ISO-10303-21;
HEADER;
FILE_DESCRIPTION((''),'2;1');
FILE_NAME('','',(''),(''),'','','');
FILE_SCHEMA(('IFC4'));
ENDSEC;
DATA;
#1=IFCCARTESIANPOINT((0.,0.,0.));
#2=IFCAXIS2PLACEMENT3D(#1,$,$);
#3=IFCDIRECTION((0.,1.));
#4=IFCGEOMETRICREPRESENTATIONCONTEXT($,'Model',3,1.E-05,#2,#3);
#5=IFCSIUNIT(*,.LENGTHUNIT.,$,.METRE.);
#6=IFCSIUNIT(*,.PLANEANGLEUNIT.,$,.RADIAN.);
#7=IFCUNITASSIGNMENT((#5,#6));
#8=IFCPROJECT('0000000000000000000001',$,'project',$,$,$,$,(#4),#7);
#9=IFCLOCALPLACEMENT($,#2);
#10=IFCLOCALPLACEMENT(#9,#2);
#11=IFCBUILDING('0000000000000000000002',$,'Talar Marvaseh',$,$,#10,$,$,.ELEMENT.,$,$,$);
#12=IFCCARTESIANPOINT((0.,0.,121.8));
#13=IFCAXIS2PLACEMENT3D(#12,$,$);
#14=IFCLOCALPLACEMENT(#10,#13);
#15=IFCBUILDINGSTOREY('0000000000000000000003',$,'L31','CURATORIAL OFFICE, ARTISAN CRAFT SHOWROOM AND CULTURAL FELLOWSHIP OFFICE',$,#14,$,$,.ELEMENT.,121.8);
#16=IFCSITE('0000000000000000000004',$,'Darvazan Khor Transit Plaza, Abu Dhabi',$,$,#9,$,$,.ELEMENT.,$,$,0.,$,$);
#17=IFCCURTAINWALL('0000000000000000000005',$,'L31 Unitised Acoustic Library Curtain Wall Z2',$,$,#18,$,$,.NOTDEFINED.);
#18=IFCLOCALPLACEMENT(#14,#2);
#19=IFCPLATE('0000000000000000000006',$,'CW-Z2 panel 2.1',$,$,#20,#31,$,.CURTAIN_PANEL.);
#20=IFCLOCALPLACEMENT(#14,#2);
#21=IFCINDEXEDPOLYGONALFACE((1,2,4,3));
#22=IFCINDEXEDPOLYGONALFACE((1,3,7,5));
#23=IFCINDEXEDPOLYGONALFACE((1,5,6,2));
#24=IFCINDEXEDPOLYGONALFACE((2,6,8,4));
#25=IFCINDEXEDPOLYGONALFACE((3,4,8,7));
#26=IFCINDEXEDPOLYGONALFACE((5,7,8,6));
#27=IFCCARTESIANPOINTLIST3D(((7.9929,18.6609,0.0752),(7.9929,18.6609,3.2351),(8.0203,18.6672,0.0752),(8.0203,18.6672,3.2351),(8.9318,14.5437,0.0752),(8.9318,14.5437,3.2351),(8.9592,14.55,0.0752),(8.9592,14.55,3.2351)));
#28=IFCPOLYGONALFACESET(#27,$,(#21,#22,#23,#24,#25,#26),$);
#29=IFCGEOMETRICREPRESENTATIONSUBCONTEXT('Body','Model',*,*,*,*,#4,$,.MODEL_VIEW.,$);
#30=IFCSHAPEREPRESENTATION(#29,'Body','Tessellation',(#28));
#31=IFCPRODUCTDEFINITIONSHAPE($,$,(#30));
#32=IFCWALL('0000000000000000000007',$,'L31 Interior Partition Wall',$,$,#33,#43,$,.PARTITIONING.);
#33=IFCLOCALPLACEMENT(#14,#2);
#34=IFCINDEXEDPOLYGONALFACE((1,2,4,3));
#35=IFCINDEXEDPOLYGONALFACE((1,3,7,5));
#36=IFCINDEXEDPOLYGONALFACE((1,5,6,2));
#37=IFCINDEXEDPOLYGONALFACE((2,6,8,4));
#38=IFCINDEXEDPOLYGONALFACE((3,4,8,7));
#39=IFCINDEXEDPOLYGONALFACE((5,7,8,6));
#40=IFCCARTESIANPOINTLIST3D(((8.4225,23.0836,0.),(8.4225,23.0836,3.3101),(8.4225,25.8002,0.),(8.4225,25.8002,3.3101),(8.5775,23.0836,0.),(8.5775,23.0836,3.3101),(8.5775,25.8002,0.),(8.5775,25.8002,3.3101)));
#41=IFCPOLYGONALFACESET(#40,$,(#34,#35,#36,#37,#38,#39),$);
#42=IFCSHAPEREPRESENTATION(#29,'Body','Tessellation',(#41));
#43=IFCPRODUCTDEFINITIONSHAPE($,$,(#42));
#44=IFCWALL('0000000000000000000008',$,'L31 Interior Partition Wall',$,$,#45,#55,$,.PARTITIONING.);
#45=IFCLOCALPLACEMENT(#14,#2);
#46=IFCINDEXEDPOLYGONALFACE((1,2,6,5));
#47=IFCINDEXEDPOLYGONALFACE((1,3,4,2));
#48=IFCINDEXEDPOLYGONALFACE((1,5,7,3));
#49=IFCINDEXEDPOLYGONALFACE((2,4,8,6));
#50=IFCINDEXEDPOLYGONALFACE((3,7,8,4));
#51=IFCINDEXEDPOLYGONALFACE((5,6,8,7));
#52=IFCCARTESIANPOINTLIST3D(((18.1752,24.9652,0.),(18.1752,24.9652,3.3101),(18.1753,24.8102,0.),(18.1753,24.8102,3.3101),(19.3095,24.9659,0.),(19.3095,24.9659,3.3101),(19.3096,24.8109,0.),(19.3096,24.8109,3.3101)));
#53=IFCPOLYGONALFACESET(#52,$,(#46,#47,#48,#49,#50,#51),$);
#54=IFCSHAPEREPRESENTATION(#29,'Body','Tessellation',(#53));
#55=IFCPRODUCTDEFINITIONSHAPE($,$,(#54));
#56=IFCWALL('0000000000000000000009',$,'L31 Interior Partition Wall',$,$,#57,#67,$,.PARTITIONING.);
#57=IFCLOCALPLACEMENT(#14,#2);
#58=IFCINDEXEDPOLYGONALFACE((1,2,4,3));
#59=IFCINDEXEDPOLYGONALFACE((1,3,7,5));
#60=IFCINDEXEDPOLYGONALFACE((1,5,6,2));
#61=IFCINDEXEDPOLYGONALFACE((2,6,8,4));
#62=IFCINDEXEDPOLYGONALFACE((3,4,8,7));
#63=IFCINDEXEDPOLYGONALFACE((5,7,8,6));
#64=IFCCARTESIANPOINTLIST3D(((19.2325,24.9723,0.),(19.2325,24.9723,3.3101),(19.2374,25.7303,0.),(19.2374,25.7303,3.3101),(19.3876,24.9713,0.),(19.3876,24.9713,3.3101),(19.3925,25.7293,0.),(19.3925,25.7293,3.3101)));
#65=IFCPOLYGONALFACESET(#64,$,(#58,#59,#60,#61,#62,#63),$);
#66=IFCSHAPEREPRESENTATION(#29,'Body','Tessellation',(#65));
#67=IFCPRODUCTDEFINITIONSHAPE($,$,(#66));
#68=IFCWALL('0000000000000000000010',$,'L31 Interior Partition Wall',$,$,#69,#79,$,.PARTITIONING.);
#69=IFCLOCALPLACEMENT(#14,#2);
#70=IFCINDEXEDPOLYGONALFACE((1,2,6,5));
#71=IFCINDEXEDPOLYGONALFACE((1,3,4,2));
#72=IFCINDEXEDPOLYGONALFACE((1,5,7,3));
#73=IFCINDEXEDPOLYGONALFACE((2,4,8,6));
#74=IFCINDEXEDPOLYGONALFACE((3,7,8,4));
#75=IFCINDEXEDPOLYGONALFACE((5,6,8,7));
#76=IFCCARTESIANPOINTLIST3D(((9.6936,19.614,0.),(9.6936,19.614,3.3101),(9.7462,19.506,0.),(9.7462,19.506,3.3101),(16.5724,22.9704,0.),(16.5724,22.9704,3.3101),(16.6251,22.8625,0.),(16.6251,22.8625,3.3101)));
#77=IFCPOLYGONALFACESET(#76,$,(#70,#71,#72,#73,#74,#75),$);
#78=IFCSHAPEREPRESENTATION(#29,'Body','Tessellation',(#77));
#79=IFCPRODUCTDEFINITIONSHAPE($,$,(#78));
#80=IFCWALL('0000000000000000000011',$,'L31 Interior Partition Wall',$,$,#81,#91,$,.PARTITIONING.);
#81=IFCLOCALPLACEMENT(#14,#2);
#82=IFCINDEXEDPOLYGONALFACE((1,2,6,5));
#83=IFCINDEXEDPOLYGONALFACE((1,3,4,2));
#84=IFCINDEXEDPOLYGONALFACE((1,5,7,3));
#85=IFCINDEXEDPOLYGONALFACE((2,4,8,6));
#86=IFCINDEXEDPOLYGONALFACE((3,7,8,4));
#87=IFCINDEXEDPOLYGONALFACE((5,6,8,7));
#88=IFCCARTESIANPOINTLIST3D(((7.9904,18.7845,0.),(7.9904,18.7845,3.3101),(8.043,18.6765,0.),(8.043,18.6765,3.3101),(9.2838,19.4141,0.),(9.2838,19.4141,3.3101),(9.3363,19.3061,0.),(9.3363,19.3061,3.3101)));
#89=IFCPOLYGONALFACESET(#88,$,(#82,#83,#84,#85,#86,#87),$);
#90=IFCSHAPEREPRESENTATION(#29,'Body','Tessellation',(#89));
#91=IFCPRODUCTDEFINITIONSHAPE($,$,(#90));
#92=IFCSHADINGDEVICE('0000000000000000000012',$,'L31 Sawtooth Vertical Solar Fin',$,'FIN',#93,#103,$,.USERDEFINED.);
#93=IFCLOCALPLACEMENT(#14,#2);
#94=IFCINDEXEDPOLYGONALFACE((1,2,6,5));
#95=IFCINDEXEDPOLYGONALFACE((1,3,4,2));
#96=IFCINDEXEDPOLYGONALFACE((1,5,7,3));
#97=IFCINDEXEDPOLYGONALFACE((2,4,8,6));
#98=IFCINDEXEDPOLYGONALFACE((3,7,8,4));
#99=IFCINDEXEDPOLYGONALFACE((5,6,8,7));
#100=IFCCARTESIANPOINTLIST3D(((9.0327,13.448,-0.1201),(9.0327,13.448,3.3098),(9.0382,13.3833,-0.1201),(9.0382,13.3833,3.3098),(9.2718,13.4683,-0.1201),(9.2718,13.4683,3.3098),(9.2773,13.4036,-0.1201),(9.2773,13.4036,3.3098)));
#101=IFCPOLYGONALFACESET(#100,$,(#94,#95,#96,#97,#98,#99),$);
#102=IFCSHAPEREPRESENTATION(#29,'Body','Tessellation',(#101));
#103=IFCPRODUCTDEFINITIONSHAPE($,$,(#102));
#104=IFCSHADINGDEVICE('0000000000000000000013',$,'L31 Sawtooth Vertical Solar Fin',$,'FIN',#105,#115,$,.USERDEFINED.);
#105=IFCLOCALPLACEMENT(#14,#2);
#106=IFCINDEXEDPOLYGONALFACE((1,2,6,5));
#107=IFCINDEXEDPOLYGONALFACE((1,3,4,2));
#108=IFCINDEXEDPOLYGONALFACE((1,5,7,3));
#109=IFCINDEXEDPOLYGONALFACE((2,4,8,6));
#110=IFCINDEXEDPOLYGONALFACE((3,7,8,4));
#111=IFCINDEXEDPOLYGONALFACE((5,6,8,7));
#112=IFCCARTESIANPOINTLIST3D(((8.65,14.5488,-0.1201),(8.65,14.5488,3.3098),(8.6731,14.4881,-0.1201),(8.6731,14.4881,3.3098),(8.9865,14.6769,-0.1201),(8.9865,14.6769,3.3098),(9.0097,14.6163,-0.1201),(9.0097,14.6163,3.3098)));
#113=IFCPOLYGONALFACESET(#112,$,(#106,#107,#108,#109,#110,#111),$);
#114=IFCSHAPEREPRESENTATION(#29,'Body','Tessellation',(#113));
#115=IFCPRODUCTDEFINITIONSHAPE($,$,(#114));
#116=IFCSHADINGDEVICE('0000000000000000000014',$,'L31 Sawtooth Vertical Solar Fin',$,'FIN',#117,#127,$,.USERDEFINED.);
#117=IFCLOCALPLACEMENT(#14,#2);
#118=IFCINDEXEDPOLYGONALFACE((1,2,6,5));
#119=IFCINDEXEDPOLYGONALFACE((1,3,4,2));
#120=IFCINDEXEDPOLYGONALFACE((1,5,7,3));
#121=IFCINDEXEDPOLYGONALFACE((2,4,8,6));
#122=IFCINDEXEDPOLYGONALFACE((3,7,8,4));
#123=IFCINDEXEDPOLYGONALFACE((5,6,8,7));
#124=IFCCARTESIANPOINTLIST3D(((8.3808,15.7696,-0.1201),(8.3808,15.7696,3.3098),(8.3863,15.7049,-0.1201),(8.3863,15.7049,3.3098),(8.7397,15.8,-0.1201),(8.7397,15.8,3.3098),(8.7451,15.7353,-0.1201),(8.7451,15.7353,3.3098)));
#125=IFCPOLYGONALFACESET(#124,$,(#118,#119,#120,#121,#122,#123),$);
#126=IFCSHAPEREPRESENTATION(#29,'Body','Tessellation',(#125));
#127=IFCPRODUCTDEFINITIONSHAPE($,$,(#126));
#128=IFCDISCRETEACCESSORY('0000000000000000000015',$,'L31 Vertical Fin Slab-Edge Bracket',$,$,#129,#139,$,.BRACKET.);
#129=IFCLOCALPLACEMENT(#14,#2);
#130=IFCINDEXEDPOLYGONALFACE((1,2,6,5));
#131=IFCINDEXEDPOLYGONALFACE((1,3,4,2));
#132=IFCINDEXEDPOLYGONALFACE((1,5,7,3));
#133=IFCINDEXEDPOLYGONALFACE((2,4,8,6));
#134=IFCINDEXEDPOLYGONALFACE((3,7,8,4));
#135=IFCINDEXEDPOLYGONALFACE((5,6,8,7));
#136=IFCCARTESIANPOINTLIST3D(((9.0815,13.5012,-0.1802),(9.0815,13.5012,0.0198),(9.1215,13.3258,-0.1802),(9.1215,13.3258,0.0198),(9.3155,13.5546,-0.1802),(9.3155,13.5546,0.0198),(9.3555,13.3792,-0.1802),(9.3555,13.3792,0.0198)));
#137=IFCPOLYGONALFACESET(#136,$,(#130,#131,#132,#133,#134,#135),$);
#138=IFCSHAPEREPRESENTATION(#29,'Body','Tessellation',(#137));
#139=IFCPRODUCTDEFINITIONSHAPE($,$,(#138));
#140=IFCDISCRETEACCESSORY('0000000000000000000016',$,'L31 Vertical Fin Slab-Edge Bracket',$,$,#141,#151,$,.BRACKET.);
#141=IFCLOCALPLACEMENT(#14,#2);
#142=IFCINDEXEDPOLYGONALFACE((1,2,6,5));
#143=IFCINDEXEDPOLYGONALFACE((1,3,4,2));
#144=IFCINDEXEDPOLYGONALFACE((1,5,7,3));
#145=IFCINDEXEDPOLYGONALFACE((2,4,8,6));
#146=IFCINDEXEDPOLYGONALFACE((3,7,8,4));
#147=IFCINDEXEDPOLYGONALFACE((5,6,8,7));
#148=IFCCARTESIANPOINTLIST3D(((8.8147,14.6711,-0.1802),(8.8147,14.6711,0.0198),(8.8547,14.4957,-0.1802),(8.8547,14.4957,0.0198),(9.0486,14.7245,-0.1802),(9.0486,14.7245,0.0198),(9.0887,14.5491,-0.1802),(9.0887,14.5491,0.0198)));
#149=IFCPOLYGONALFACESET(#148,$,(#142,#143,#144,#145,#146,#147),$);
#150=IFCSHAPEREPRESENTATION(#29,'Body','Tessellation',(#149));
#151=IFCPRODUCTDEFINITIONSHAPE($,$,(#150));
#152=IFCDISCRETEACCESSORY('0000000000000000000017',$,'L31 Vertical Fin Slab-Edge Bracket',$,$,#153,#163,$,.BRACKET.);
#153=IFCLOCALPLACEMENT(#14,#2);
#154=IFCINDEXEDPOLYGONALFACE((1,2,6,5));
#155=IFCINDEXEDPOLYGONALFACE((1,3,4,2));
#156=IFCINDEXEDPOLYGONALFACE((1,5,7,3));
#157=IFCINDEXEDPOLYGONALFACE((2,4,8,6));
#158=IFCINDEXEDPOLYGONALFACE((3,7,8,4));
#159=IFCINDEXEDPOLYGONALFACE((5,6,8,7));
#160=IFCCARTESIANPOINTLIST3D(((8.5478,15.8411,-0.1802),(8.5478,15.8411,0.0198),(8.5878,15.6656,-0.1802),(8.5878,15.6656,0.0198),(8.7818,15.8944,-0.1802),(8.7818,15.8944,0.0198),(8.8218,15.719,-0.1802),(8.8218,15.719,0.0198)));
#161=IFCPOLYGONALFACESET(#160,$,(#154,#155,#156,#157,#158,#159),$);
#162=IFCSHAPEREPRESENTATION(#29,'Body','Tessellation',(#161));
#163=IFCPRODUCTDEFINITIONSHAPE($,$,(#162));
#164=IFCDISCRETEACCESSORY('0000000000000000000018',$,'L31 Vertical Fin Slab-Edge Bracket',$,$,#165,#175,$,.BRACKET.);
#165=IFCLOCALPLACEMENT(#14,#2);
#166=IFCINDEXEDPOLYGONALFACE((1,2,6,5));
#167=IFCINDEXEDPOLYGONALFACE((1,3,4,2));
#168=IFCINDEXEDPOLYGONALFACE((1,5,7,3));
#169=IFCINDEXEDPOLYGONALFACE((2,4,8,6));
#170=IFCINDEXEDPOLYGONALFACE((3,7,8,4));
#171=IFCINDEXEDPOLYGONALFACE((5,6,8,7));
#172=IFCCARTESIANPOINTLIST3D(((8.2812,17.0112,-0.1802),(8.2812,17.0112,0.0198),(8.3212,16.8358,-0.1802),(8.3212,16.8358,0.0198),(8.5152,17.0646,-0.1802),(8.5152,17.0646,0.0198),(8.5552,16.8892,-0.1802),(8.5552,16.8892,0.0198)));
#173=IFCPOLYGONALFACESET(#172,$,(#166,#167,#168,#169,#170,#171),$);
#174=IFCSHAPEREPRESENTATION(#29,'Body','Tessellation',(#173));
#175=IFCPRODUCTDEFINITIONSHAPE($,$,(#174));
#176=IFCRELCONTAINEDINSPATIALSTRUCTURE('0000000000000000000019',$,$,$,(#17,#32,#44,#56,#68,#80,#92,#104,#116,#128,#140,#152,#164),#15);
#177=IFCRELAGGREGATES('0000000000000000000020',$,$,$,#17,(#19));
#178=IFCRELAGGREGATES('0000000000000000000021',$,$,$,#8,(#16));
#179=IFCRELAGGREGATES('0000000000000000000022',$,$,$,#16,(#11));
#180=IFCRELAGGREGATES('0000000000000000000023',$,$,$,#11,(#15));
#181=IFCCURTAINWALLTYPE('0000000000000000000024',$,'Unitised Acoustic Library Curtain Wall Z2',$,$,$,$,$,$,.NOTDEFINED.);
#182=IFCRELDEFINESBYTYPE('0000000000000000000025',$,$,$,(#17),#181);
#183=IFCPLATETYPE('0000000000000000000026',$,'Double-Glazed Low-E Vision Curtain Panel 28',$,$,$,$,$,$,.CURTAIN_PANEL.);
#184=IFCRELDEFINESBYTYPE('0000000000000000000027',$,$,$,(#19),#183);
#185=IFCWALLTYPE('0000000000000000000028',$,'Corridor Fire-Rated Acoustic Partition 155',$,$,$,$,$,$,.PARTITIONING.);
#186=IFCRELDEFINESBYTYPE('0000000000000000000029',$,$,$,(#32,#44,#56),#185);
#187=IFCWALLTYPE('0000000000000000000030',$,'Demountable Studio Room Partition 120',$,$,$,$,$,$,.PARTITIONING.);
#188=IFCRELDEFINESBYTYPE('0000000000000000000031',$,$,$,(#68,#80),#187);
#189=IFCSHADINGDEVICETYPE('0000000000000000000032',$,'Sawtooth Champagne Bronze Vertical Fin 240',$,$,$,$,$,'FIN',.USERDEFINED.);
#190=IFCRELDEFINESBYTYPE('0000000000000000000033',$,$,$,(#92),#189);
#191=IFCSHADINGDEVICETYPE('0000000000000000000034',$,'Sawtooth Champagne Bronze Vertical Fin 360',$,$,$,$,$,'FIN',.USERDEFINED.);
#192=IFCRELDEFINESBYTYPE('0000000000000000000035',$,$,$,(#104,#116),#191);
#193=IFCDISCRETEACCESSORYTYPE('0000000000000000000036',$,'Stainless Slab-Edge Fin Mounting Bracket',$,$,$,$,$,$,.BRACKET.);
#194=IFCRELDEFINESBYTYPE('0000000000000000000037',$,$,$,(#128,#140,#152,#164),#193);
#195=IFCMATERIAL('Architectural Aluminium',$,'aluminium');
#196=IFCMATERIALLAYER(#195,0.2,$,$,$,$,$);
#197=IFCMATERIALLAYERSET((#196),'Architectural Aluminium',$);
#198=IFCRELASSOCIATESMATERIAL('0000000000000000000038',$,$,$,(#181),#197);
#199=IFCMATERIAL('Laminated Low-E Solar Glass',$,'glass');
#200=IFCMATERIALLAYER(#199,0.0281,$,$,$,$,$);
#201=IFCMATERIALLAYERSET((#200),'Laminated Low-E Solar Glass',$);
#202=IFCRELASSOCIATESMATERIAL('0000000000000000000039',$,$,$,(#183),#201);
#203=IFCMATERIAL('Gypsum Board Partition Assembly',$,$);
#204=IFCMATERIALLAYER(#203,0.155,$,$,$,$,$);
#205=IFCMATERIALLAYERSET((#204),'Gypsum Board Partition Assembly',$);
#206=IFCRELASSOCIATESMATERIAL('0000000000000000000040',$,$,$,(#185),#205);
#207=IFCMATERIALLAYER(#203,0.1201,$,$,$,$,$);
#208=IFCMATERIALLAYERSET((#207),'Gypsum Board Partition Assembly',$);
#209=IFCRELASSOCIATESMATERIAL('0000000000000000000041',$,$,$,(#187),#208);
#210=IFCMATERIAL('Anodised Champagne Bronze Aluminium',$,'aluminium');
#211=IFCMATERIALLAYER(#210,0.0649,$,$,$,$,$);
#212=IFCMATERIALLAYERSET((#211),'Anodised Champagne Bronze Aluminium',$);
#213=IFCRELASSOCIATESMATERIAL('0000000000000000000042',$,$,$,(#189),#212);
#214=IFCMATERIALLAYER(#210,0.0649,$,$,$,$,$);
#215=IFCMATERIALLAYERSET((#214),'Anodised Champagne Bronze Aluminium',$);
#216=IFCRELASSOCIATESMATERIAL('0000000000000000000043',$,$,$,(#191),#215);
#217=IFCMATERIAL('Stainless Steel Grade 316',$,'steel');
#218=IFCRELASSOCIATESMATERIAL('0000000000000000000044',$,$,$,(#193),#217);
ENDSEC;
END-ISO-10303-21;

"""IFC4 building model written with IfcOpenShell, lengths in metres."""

from ifc_helpers import new_model, si_unit, direction, frame, frame_2d, origin, origin_2d, place, context, subcontext, project, spatial, rectangle, extrude, source, transform, mapped, material, layer, layer_set, type_object, type_shapes, element, aggregate, save


model = new_model("IFC4")

# Units and contexts
model_context = context("Model", 3, precision=1e-05, world=origin(), true_north=direction((0.0, 1.0)))
body_context = subcontext(model_context, "Body", "Model", "MODEL_VIEW")
ifc_project = project(units=[si_unit("LENGTHUNIT", "METRE"), si_unit("PLANEANGLEUNIT", "RADIAN")], contexts=[model_context])

# Site, building, storey
site_placement = place(None, origin())
site = spatial("IfcSite", under=ifc_project, at=site_placement, Name="Darvazan Khor Transit Plaza, Abu Dhabi", CompositionType="ELEMENT", RefElevation=0.0)
building_placement = place(site_placement, origin())
building = spatial("IfcBuilding", under=site, at=building_placement, Name="Talar Marvaseh", CompositionType="ELEMENT")
storey_placement = place(building_placement, frame((0.0, 0.0, 121.8)))
storey = spatial("IfcBuildingStorey", under=building, at=storey_placement, Name="L31", Description="CURATORIAL OFFICE, ARTISAN CRAFT SHOWROOM AND CULTURAL FELLOWSHIP OFFICE", CompositionType="ELEMENT", Elevation=121.8)

# Curtain wall, plate
ifc_material_1 = material(Name="Architectural Aluminium", Category="aluminium")
ifc_layer_1 = layer(ifc_material_1, 0.2)
ifc_layer_set_1 = layer_set([ifc_layer_1], Name="Architectural Aluminium")
curtain_wall_type = type_object("IfcCurtainWallType", Name="Unitised Acoustic Library Curtain Wall Z2", PredefinedType="NOTDEFINED", material=ifc_layer_set_1)
curtain_wall_placement = place(storey_placement, origin())
curtain_wall = element("IfcCurtainWall", 1, at=curtain_wall_placement, inside=storey, type_object=curtain_wall_type, Name="L31 Unitised Acoustic Library Curtain Wall Z2", PredefinedType="NOTDEFINED")
ifc_material_2 = material(Name="Laminated Low-E Solar Glass", Category="glass")
ifc_layer_2 = layer(ifc_material_2, 0.0281)
ifc_layer_set_2 = layer_set([ifc_layer_2], Name="Laminated Low-E Solar Glass")
plate_type = type_object("IfcPlateType", Name="Double-Glazed Low-E Vision Curtain Panel 28", PredefinedType="CURTAIN_PANEL", material=ifc_layer_set_2)
shared_shape_1 = source(origin(), body_context, "Body", "SweptSolid", [
    extrude(rectangle(XDim=4.2229, YDim=0.0281, at=origin_2d()), origin(), (0.0, 0.0, 1.0), 3.1599),
])
type_shapes(plate_type, [shared_shape_1])
plate_placement = place(storey_placement, frame((8.4761, 16.6055, 0.0752), z_axis=(0.0, 0.0, 1.0), x_axis=(-0.222335, 0.97497, 0.0)))
plate = element("IfcPlate", 2, at=plate_placement, type_object=plate_type, Name="CW-Z2 panel 2.1", PredefinedType="CURTAIN_PANEL", context=body_context, shape_type="MappedRepresentation", body=[
    mapped(shared_shape_1, transform((0.0, 0.0, 0.0), x_axis=(1.0, 0.0, 0.0), y_axis=(0.0, 1.0, 0.0), z_axis=(0.0, 0.0, 1.0), scale=1.0)),
])
aggregate(curtain_wall, [plate])

# Walls
ifc_material_3 = material(Name="Gypsum Board Partition Assembly")
ifc_layer_3 = layer(ifc_material_3, 0.155)
ifc_layer_set_3 = layer_set([ifc_layer_3], Name="Gypsum Board Partition Assembly")
wall_type_1 = type_object("IfcWallType", Name="Corridor Fire-Rated Acoustic Partition 155", PredefinedType="PARTITIONING", material=ifc_layer_set_3)
wall_1_placement = place(storey_placement, frame((8.5, 23.0835, 0.0), z_axis=(0.0, 0.0, 1.0), x_axis=(0.0, 1.0, 0.0)))
element("IfcWall", 3, at=wall_1_placement, inside=storey, type_object=wall_type_1, Name="L31 Interior Partition Wall", PredefinedType="PARTITIONING", context=body_context, shape_type="SweptSolid", body=[
    extrude(rectangle(XDim=2.7166, YDim=0.155, at=frame_2d((1.3584, 0.0))), origin(), (0.0, 0.0, 1.0), 3.3101),
])
wall_2_placement = place(storey_placement, frame((18.1753, 24.8877, 0.0), z_axis=(0.0, 0.0, 1.0), x_axis=(1.0, 0.000646, 0.0)))
element("IfcWall", 4, at=wall_2_placement, inside=storey, type_object=wall_type_1, Name="L31 Interior Partition Wall", PredefinedType="PARTITIONING", context=body_context, shape_type="SweptSolid", body=[
    extrude(rectangle(XDim=1.1343, YDim=0.155, at=frame_2d((0.5671, 0.0))), origin(), (0.0, 0.0, 1.0), 3.3101),
])
wall_3_placement = place(storey_placement, frame((19.3101, 24.9719, 0.0), z_axis=(0.0, 0.0, 1.0), x_axis=(0.006441, 0.999979, 0.0)))
element("IfcWall", 5, at=wall_3_placement, inside=storey, type_object=wall_type_1, Name="L31 Interior Partition Wall", PredefinedType="PARTITIONING", context=body_context, shape_type="SweptSolid", body=[
    extrude(rectangle(XDim=0.7581, YDim=0.155, at=frame_2d((0.3789, 0.0))), origin(), (0.0, 0.0, 1.0), 3.3101),
])
ifc_layer_4 = layer(ifc_material_3, 0.1201)
ifc_layer_set_4 = layer_set([ifc_layer_4], Name="Gypsum Board Partition Assembly")
wall_type_2 = type_object("IfcWallType", Name="Demountable Studio Room Partition 120", PredefinedType="PARTITIONING", material=ifc_layer_set_4)
wall_4_placement = place(storey_placement, frame((16.5989, 22.9165, 0.0), z_axis=(0.0, 0.0, 1.0), x_axis=(-0.898723, -0.438517, 0.0)))
element("IfcWall", 6, at=wall_4_placement, inside=storey, type_object=wall_type_2, Name="L31 Interior Partition Wall", PredefinedType="PARTITIONING", context=body_context, shape_type="SweptSolid", body=[
    extrude(rectangle(XDim=7.6541, YDim=0.1201, at=frame_2d((3.8271, 0.0))), origin(), (0.0, 0.0, 1.0), 3.3101),
])
wall_5_placement = place(storey_placement, frame((9.3101, 19.3601, 0.0), z_axis=(0.0, 0.0, 1.0), x_axis=(-0.899129, -0.437685, 0.0)))
element("IfcWall", 7, at=wall_5_placement, inside=storey, type_object=wall_type_2, Name="L31 Interior Partition Wall", PredefinedType="PARTITIONING", context=body_context, shape_type="SweptSolid", body=[
    extrude(rectangle(XDim=1.4385, YDim=0.1201, at=frame_2d((0.7192, 0.0))), origin(), (0.0, 0.0, 1.0), 3.3101),
])

# Shading devices
ifc_material_4 = material(Name="Anodised Champagne Bronze Aluminium", Category="aluminium")
ifc_layer_5 = layer(ifc_material_4, 0.0649)
ifc_layer_set_5 = layer_set([ifc_layer_5], Name="Anodised Champagne Bronze Aluminium")
shading_device_type_1 = type_object("IfcShadingDeviceType", Name="Sawtooth Champagne Bronze Vertical Fin 240", ElementType="FIN", PredefinedType="USERDEFINED", material=ifc_layer_set_5)
shared_shape_2 = source(origin(), body_context, "Body", "SweptSolid", [
    extrude(rectangle(XDim=0.24, YDim=0.0649, at=origin_2d()), origin(), (0.0, 0.0, 1.0), 3.4299),
])
type_shapes(shading_device_type_1, [shared_shape_2])
shading_device_placement = place(storey_placement, frame((9.155, 13.4258, -0.1201), z_axis=(0.0, 0.0, 1.0), x_axis=(-0.996419, -0.084547, 0.0)))
element("IfcShadingDevice", 8, at=shading_device_placement, inside=storey, type_object=shading_device_type_1, Name="L31 Sawtooth Vertical Solar Fin", ObjectType="FIN", PredefinedType="USERDEFINED", context=body_context, shape_type="MappedRepresentation", body=[
    mapped(shared_shape_2, transform((0.0, 0.0, 0.0), x_axis=(1.0, 0.0, 0.0), y_axis=(0.0, 1.0, 0.0), z_axis=(0.0, 0.0, 1.0), scale=1.0)),
])
ifc_layer_6 = layer(ifc_material_4, 0.0649)
ifc_layer_set_6 = layer_set([ifc_layer_6], Name="Anodised Champagne Bronze Aluminium")
shading_device_type_2 = type_object("IfcShadingDeviceType", Name="Sawtooth Champagne Bronze Vertical Fin 360", ElementType="FIN", PredefinedType="USERDEFINED", material=ifc_layer_set_6)
shared_shape_3 = source(origin(), body_context, "Body", "SweptSolid", [
    extrude(rectangle(XDim=0.3601, YDim=0.0649, at=origin_2d()), origin(), (0.0, 0.0, 1.0), 3.4299),
])
type_shapes(shading_device_type_2, [shared_shape_3])
for number, where, z_axis, x_axis, name in (
    (9, (8.8298, 14.5825, -0.1201), (0.0, 0.0, 1.0), (-0.934515, -0.355923, 0.0), "L31 Sawtooth Vertical Solar Fin"),
    (10, (8.563, 15.7524, -0.1201), (0.0, 0.0, 1.0), (-0.996419, -0.084547, 0.0), "L31 Sawtooth Vertical Solar Fin"),
):
    element("IfcShadingDevice", number, at=place(storey_placement, frame(where, z_axis=z_axis, x_axis=x_axis)), inside=storey, type_object=shading_device_type_2, Name=name, ObjectType="FIN", PredefinedType="USERDEFINED", context=body_context, shape_type="MappedRepresentation", body=[
        mapped(shared_shape_3, transform((0.0, 0.0, 0.0), x_axis=(1.0, 0.0, 0.0), y_axis=(0.0, 1.0, 0.0), z_axis=(0.0, 0.0, 1.0), scale=1.0)),
    ])

# Discrete accessories
ifc_material_5 = material(Name="Stainless Steel Grade 316", Category="steel")
discrete_accessory_type = type_object("IfcDiscreteAccessoryType", Name="Stainless Slab-Edge Fin Mounting Bracket", PredefinedType="BRACKET", material=ifc_material_5)
shared_shape_4 = source(origin(), body_context, "Body", "SweptSolid", [
    extrude(rectangle(XDim=0.24, YDim=0.1799, at=origin_2d()), origin(), (0.0, 0.0, 1.0), 0.2),
])
type_shapes(discrete_accessory_type, [shared_shape_4])
for number, where, z_axis, x_axis, name in (
    (11, (9.2185, 13.4402, -0.1802), (0.0, 0.0, 1.0), (-0.974956, -0.222399, 0.0), "L31 Vertical Fin Slab-Edge Bracket"),
    (12, (8.9517, 14.6101, -0.1802), (0.0, 0.0, 1.0), (-0.974956, -0.222399, 0.0), "L31 Vertical Fin Slab-Edge Bracket"),
    (13, (8.6848, 15.78, -0.1802), (0.0, 0.0, 1.0), (-0.974956, -0.222399, 0.0), "L31 Vertical Fin Slab-Edge Bracket"),
    (14, (8.4182, 16.9502, -0.1802), (0.0, 0.0, 1.0), (-0.974956, -0.222399, 0.0), "L31 Vertical Fin Slab-Edge Bracket"),
):
    element("IfcDiscreteAccessory", number, at=place(storey_placement, frame(where, z_axis=z_axis, x_axis=x_axis)), inside=storey, type_object=discrete_accessory_type, Name=name, PredefinedType="BRACKET", context=body_context, shape_type="MappedRepresentation", body=[
        mapped(shared_shape_4, transform((0.0, 0.0, 0.0), x_axis=(1.0, 0.0, 0.0), y_axis=(0.0, 1.0, 0.0), z_axis=(0.0, 0.0, 1.0), scale=1.0)),
    ])

save(model, "model.ifc")
